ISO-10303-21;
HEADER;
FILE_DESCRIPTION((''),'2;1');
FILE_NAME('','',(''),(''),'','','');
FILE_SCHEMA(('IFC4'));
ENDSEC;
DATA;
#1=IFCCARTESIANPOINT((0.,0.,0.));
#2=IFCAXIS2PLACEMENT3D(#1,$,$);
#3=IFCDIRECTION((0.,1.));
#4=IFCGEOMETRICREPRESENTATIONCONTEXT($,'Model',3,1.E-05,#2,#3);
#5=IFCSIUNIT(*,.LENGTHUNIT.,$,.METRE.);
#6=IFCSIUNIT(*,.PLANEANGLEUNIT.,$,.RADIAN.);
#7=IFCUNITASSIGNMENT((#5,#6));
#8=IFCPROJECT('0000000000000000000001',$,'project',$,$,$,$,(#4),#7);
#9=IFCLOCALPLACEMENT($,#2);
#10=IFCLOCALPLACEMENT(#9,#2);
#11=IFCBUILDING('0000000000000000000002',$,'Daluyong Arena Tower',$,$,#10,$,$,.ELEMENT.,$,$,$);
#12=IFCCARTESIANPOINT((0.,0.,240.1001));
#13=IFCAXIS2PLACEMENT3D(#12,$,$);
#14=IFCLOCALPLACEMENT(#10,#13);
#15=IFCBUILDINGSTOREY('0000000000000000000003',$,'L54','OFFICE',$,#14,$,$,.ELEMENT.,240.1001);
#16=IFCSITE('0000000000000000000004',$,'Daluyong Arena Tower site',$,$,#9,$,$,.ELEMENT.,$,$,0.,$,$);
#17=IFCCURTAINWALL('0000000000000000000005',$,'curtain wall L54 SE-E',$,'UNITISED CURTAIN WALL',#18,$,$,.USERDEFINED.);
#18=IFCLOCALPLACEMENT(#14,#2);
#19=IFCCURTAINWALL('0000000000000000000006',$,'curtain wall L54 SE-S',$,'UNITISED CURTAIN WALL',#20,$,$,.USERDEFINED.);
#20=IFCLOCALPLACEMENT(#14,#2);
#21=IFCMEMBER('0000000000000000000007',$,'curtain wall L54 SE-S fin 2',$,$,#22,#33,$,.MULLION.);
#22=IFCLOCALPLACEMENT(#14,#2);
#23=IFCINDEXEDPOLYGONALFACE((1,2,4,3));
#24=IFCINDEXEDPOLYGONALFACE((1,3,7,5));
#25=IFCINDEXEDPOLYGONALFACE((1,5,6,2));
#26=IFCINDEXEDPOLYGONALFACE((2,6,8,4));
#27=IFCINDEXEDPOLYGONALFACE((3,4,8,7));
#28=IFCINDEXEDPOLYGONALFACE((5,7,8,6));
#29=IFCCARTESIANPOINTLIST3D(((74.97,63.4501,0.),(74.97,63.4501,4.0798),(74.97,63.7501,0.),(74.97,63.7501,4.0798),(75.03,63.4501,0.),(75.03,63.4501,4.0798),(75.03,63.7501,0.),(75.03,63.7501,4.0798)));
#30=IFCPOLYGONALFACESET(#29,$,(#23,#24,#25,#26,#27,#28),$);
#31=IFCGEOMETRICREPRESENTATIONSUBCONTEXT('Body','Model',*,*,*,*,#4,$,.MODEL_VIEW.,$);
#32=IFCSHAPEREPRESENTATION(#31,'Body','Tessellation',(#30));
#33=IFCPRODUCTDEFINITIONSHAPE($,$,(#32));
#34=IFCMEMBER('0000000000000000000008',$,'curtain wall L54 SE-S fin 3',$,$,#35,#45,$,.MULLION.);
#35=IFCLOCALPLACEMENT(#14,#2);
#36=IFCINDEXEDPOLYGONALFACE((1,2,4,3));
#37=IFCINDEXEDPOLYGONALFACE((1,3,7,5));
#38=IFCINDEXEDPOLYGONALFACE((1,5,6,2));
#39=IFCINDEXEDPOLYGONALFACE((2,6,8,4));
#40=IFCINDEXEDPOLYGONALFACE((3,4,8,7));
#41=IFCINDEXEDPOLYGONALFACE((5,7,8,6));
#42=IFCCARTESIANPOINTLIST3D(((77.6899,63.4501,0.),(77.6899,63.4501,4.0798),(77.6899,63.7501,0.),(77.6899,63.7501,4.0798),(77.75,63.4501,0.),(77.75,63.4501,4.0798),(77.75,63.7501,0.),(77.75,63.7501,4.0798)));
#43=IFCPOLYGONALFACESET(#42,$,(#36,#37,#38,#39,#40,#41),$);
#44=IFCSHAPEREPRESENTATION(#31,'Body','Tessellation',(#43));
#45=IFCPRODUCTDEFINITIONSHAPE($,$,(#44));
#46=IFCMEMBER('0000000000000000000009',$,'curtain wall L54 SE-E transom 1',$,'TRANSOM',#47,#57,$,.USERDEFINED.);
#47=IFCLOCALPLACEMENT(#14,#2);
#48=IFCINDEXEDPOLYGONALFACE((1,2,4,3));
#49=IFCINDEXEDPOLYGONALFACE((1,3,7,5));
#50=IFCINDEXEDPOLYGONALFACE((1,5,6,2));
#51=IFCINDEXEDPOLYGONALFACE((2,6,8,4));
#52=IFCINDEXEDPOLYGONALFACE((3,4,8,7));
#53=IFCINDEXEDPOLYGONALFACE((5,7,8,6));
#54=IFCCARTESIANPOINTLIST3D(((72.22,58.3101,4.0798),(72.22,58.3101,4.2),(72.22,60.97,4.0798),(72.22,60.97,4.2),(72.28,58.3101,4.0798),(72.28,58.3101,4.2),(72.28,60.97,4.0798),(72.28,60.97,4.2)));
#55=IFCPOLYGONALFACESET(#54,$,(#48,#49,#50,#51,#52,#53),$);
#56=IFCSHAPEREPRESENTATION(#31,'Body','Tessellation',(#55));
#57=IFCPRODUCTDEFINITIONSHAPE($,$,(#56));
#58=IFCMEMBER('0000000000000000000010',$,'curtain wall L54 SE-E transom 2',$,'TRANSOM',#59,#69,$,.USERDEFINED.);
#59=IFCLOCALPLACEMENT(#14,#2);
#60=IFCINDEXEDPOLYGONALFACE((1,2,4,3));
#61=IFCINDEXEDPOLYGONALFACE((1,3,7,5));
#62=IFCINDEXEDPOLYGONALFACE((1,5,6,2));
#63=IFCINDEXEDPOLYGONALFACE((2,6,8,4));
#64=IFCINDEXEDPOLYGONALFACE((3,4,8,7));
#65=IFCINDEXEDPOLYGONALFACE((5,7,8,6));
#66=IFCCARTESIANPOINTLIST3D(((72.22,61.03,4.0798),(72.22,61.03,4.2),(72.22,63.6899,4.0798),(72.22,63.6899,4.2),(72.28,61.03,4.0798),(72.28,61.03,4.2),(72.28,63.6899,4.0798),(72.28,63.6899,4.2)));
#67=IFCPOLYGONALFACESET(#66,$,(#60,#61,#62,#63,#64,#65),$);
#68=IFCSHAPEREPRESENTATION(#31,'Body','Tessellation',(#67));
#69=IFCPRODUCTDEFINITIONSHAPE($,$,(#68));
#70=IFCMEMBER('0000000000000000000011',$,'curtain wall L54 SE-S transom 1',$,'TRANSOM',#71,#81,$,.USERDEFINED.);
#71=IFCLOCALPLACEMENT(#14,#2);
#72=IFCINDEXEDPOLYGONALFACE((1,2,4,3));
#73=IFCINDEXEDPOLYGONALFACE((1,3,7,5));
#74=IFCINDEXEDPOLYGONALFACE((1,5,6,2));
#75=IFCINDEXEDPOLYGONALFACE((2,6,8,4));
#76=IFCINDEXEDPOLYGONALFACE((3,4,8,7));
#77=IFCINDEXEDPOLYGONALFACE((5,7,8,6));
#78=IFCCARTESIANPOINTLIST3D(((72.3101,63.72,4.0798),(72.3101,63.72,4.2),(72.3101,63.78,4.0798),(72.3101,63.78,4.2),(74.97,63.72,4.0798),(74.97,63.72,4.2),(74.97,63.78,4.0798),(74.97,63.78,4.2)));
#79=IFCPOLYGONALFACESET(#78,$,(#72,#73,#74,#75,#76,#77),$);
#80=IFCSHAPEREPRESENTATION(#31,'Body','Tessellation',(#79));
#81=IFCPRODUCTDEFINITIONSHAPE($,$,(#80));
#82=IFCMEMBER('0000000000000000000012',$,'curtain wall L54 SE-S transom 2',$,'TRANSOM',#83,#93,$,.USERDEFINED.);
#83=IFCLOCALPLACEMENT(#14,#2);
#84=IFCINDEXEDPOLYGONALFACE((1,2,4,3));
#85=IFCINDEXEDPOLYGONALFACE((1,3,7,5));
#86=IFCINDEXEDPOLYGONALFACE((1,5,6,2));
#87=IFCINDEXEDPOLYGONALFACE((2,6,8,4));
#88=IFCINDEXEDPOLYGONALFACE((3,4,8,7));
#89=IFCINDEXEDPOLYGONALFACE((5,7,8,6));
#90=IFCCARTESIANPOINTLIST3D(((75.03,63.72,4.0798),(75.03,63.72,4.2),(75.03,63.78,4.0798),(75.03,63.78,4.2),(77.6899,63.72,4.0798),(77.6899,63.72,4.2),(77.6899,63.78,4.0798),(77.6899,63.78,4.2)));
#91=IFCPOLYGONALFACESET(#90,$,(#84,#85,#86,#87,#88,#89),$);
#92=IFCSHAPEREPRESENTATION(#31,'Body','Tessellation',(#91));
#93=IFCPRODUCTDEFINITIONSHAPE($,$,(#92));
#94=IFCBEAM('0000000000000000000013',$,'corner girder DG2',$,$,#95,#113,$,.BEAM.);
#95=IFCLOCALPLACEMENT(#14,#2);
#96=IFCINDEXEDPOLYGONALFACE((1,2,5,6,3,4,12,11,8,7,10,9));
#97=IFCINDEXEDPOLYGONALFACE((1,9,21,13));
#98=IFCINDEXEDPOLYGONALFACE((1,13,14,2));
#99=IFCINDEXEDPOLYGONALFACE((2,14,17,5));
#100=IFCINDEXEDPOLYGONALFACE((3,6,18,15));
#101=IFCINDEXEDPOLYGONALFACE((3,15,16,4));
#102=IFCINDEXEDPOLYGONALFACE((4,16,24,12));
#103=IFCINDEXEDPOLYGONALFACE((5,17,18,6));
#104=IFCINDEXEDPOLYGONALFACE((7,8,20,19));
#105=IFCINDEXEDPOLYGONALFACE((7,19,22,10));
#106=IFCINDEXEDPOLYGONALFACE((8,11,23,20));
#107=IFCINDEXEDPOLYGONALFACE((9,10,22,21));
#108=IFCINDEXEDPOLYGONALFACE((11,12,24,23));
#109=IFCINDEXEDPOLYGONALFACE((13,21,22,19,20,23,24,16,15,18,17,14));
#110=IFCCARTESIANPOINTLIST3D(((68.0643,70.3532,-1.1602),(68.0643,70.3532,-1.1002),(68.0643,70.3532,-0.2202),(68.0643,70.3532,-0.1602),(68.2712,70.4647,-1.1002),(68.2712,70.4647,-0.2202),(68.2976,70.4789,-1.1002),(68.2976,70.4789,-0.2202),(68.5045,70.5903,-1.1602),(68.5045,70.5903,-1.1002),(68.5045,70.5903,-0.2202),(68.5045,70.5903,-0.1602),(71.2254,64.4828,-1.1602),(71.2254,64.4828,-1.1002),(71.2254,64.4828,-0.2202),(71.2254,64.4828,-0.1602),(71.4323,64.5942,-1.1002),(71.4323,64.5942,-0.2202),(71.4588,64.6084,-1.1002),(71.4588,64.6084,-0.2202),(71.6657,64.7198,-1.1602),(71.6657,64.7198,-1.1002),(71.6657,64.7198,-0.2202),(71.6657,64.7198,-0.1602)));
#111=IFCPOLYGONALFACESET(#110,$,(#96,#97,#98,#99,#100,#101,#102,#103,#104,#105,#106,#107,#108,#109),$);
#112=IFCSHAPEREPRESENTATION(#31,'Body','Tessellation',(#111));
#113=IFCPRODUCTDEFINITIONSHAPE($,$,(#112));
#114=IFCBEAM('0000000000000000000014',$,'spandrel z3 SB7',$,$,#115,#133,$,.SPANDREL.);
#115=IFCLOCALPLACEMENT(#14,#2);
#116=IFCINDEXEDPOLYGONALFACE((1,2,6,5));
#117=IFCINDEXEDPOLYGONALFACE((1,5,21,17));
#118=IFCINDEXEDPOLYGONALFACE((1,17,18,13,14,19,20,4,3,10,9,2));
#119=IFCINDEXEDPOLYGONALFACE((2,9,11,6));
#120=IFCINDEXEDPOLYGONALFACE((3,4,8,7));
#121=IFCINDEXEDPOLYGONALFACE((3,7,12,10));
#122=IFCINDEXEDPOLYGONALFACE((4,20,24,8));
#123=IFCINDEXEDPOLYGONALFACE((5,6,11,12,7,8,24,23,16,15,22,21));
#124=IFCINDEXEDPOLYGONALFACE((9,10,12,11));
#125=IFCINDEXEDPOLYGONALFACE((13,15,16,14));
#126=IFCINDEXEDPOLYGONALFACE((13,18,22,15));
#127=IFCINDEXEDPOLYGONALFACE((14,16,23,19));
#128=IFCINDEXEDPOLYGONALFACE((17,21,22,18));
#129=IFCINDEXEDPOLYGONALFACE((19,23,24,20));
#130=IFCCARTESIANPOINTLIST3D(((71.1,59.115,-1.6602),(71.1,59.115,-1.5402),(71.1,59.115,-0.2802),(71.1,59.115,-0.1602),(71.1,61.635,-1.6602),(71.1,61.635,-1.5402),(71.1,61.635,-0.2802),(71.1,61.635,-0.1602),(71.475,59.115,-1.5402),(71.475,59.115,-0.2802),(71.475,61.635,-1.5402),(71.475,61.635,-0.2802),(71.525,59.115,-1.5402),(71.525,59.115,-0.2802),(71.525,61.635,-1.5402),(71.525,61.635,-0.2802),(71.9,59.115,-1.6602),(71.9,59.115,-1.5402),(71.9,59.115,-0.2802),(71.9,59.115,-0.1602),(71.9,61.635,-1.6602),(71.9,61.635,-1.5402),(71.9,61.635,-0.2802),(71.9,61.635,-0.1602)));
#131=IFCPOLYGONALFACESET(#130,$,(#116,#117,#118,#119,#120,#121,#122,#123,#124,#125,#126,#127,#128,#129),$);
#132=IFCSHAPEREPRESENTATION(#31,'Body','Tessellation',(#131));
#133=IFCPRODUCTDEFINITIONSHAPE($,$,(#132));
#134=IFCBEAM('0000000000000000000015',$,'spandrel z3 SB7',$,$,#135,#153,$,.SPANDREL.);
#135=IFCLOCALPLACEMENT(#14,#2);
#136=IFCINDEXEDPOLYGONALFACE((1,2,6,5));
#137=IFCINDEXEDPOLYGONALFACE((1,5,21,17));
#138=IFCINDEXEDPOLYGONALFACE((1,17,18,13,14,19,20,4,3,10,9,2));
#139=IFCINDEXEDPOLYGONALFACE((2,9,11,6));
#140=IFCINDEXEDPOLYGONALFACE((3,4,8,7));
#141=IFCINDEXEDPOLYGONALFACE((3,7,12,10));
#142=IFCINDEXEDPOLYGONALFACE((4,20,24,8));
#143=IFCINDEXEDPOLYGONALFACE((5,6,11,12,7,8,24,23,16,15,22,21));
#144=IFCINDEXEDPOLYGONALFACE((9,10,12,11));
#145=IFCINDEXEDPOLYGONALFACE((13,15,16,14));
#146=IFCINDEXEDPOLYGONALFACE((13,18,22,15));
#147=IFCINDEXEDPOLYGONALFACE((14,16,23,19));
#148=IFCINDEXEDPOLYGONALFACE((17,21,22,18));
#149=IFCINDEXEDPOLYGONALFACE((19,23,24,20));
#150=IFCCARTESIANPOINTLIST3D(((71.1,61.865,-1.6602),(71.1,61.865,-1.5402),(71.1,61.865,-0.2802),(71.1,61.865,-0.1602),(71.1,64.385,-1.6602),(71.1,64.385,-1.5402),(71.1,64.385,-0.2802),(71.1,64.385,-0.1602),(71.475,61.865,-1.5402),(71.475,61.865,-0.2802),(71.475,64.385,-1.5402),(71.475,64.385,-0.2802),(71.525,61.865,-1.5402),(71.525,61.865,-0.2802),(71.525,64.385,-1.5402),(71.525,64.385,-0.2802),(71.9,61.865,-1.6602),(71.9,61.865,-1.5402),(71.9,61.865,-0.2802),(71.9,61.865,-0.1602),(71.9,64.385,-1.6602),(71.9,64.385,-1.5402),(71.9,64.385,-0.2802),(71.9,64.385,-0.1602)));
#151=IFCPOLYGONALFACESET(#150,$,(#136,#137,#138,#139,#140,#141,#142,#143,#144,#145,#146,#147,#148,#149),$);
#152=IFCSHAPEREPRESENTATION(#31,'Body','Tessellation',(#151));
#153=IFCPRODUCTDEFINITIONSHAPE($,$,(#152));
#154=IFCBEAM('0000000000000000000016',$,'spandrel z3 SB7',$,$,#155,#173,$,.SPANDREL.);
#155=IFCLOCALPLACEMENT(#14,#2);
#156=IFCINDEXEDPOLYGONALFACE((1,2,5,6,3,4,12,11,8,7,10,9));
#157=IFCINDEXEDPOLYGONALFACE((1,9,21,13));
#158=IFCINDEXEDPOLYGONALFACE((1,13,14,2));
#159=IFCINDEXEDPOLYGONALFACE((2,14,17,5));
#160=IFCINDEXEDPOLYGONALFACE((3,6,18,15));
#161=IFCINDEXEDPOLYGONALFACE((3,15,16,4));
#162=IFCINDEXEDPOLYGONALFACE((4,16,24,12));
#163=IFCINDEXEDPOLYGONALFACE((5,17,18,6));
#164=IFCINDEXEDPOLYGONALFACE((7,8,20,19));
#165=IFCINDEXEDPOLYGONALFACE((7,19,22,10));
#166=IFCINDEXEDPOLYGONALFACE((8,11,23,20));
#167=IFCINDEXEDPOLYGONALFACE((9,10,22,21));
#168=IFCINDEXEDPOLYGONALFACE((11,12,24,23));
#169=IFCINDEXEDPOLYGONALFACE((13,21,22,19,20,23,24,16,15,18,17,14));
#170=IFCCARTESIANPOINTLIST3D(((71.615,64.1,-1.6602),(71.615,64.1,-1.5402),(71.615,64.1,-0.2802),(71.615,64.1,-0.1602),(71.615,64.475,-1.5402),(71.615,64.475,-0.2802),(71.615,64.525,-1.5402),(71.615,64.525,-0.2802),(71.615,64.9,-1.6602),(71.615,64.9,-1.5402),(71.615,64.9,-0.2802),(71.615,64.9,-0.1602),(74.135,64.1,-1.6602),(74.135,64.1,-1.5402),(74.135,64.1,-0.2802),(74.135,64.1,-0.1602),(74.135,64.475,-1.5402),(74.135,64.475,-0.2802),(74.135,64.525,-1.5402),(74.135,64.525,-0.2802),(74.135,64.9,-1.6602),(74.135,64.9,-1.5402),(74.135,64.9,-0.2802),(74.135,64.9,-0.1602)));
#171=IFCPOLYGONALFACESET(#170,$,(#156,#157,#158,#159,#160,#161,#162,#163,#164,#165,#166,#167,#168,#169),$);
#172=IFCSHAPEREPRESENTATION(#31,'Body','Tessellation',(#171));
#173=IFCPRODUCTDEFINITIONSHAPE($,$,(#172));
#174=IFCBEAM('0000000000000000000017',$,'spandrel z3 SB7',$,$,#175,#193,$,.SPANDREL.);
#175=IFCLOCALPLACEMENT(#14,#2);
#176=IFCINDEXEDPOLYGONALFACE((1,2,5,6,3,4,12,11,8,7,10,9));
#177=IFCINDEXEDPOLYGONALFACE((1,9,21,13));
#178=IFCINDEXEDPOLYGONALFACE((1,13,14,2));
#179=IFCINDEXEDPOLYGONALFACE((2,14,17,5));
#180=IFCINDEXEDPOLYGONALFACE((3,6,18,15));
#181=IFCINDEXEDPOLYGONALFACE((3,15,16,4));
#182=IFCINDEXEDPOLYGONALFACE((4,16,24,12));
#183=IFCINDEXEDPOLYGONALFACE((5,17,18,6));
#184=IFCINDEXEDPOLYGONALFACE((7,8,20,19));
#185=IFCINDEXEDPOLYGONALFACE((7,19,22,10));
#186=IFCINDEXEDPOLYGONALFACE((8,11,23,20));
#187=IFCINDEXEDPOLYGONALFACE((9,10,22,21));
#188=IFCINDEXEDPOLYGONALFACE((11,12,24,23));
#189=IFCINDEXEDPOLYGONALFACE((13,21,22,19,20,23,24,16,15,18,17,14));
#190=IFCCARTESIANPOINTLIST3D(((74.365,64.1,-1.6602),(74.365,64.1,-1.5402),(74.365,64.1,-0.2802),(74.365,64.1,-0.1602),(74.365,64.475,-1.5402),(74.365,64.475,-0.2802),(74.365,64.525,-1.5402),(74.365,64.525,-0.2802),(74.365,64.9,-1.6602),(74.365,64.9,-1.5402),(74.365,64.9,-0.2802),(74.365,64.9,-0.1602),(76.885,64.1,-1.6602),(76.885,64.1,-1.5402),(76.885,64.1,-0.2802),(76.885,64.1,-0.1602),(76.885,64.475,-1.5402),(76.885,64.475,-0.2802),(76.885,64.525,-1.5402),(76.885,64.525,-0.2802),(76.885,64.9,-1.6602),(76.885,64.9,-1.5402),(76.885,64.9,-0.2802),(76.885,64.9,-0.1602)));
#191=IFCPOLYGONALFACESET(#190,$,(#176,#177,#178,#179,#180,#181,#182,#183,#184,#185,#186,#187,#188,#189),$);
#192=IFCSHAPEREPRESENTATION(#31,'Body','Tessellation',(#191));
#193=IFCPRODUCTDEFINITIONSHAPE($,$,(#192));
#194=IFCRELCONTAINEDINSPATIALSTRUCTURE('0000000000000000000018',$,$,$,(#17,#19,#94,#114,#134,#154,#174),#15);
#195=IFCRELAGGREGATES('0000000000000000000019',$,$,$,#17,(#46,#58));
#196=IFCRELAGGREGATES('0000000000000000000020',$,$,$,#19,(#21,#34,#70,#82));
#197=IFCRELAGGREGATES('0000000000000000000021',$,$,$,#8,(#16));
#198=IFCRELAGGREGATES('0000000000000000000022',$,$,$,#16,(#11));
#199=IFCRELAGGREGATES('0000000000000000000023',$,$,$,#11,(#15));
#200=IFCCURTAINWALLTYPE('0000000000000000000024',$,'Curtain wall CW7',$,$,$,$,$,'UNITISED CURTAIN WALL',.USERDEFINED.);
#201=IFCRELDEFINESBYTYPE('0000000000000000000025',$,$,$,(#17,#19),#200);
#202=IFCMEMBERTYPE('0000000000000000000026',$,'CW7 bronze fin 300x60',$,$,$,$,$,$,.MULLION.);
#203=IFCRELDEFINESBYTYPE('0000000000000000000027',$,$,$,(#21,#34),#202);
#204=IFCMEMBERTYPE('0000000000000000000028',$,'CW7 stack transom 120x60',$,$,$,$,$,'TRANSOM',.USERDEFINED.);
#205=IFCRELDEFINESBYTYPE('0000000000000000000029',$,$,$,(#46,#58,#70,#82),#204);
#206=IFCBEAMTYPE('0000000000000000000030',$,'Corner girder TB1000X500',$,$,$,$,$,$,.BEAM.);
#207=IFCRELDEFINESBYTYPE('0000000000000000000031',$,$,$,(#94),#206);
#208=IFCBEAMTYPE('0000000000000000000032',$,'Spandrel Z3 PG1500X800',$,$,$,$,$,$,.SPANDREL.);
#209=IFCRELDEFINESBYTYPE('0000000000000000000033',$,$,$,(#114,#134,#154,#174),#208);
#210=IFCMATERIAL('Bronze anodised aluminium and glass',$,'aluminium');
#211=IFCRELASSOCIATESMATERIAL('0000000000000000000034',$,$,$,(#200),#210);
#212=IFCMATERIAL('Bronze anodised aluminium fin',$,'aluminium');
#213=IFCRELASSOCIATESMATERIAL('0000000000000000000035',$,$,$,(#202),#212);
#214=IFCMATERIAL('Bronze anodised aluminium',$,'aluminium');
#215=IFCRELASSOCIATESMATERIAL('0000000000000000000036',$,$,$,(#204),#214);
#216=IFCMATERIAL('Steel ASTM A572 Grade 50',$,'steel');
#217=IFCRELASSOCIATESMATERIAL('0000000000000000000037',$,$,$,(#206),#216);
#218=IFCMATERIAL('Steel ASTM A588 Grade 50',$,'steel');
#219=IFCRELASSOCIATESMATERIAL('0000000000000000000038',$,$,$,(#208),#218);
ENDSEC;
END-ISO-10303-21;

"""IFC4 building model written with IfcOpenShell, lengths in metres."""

from ifc_helpers import new_model, si_unit, direction, frame, origin, origin_2d, place, context, subcontext, project, spatial, rectangle, i_section, extrude, material, material_profile, profile_set, type_object, element, aggregate, save


model = new_model("IFC4")

# Units and contexts
model_context = context("Model", 3, precision=1e-05, world=origin(), true_north=direction((0.0, 1.0)))
body_context = subcontext(model_context, "Body", "Model", "MODEL_VIEW")
ifc_project = project(units=[si_unit("LENGTHUNIT", "METRE"), si_unit("PLANEANGLEUNIT", "RADIAN")], contexts=[model_context])

# Site, building, storey
site_placement = place(None, origin())
site = spatial("IfcSite", under=ifc_project, at=site_placement, Name="Daluyong Arena Tower site", CompositionType="ELEMENT", RefElevation=0.0)
building_placement = place(site_placement, origin())
building = spatial("IfcBuilding", under=site, at=building_placement, Name="Daluyong Arena Tower", CompositionType="ELEMENT")
storey_placement = place(building_placement, frame((0.0, 0.0, 240.1001)))
storey = spatial("IfcBuildingStorey", under=building, at=storey_placement, Name="L54", Description="OFFICE", CompositionType="ELEMENT", Elevation=240.1001)

# Curtain walls, members
ifc_material_1 = material(Name="Bronze anodised aluminium and glass", Category="aluminium")
curtain_wall_type_1 = type_object("IfcCurtainWallType", Name="Curtain wall CW7", ElementType="UNITISED CURTAIN WALL", PredefinedType="USERDEFINED", material=ifc_material_1)
curtain_wall_1_placement = place(storey_placement, origin())
curtain_wall_1 = element("IfcCurtainWall", 1, at=curtain_wall_1_placement, inside=storey, type_object=curtain_wall_type_1, Name="curtain wall L54 SE-E", ObjectType="UNITISED CURTAIN WALL", PredefinedType="USERDEFINED")
ifc_material_2 = material(Name="Bronze anodised aluminium fin", Category="aluminium")
ifc_material_profile_1 = material_profile(ifc_material_2, rectangle(XDim=0.3, YDim=0.0601, at=origin_2d()))
ifc_profile_set_1 = profile_set([ifc_material_profile_1], Name="Bronze anodised aluminium fin")
member_type_1 = type_object("IfcMemberType", Name="CW7 bronze fin 300x60", PredefinedType="MULLION", material=ifc_profile_set_1)
curtain_wall_2_placement = place(storey_placement, origin())
curtain_wall_2 = element("IfcCurtainWall", 2, at=curtain_wall_2_placement, inside=storey, type_object=curtain_wall_type_1, Name="curtain wall L54 SE-S", ObjectType="UNITISED CURTAIN WALL", PredefinedType="USERDEFINED")
member_1_placement = place(storey_placement, frame((75.0, 63.6001, 0.0), z_axis=(0.0, 0.0, 1.0), x_axis=(0.0, 1.0, 0.0)))
member_1 = element("IfcMember", 3, at=member_1_placement, type_object=member_type_1, Name="curtain wall L54 SE-S fin 2", PredefinedType="MULLION", context=body_context, shape_type="SweptSolid", body=[
    extrude(rectangle(XDim=0.3, YDim=0.0601, at=origin_2d()), origin(), (0.0, 0.0, 1.0), 4.0798),
])
member_2_placement = place(storey_placement, frame((77.72, 63.6001, 0.0), z_axis=(0.0, 0.0, 1.0), x_axis=(0.0, 1.0, 0.0)))
member_2 = element("IfcMember", 4, at=member_2_placement, type_object=member_type_1, Name="curtain wall L54 SE-S fin 3", PredefinedType="MULLION", context=body_context, shape_type="SweptSolid", body=[
    extrude(rectangle(XDim=0.3, YDim=0.0601, at=origin_2d()), origin(), (0.0, 0.0, 1.0), 4.0798),
])

# Members
ifc_material_3 = material(Name="Bronze anodised aluminium", Category="aluminium")
ifc_material_profile_2 = material_profile(ifc_material_3, rectangle(XDim=0.0601, YDim=0.1201, at=origin_2d()))
ifc_profile_set_2 = profile_set([ifc_material_profile_2], Name="Bronze anodised aluminium")
member_type_2 = type_object("IfcMemberType", Name="CW7 stack transom 120x60", ElementType="TRANSOM", PredefinedType="USERDEFINED", material=ifc_profile_set_2)
member_3_placement = place(storey_placement, frame((72.25, 58.3101, 4.1399), z_axis=(0.0, 1.0, 0.0), x_axis=(-1.0, 0.0, 0.0)))
member_3 = element("IfcMember", 5, at=member_3_placement, type_object=member_type_2, Name="curtain wall L54 SE-E transom 1", ObjectType="TRANSOM", PredefinedType="USERDEFINED", context=body_context, shape_type="SweptSolid", body=[
    extrude(rectangle(XDim=0.0601, YDim=0.1201, at=origin_2d()), origin(), (0.0, 0.0, 1.0), 2.6599),
])
member_4_placement = place(storey_placement, frame((72.25, 61.03, 4.1399), z_axis=(0.0, 1.0, 0.0), x_axis=(-1.0, 0.0, 0.0)))
member_4 = element("IfcMember", 6, at=member_4_placement, type_object=member_type_2, Name="curtain wall L54 SE-E transom 2", ObjectType="TRANSOM", PredefinedType="USERDEFINED", context=body_context, shape_type="SweptSolid", body=[
    extrude(rectangle(XDim=0.0601, YDim=0.1201, at=origin_2d()), origin(), (0.0, 0.0, 1.0), 2.6599),
])
member_5_placement = place(storey_placement, frame((72.3101, 63.75, 4.1399), z_axis=(1.0, 0.0, 0.0), x_axis=(0.0, 1.0, 0.0)))
member_5 = element("IfcMember", 7, at=member_5_placement, type_object=member_type_2, Name="curtain wall L54 SE-S transom 1", ObjectType="TRANSOM", PredefinedType="USERDEFINED", context=body_context, shape_type="SweptSolid", body=[
    extrude(rectangle(XDim=0.0601, YDim=0.1201, at=origin_2d()), origin(), (0.0, 0.0, 1.0), 2.6599),
])
member_6_placement = place(storey_placement, frame((75.03, 63.75, 4.1399), z_axis=(1.0, 0.0, 0.0), x_axis=(0.0, 1.0, 0.0)))
member_6 = element("IfcMember", 8, at=member_6_placement, type_object=member_type_2, Name="curtain wall L54 SE-S transom 2", ObjectType="TRANSOM", PredefinedType="USERDEFINED", context=body_context, shape_type="SweptSolid", body=[
    extrude(rectangle(XDim=0.0601, YDim=0.1201, at=origin_2d()), origin(), (0.0, 0.0, 1.0), 2.6599),
])

# Beams
ifc_material_4 = material(Name="Steel ASTM A572 Grade 50", Category="steel")
ifc_material_profile_3 = material_profile(ifc_material_4, i_section(OverallWidth=0.5, OverallDepth=1.0, WebThickness=0.03, FlangeThickness=0.06, at=origin_2d()))
ifc_profile_set_3 = profile_set([ifc_material_profile_3], Name="Steel ASTM A572 Grade 50")
beam_type_1 = type_object("IfcBeamType", Name="Corner girder TB1000X500", PredefinedType="BEAM", material=ifc_profile_set_3)
beam_placement = place(storey_placement, frame((71.4456, 64.6013, -0.6602), z_axis=(-0.474119, 0.880461, 0.0), x_axis=(-0.880461, -0.474119, 0.0)))
element("IfcBeam", 9, at=beam_placement, inside=storey, type_object=beam_type_1, Name="corner girder DG2", PredefinedType="BEAM", context=body_context, shape_type="SweptSolid", body=[
    extrude(i_section(OverallWidth=0.5, OverallDepth=1.0, WebThickness=0.03, FlangeThickness=0.06, at=origin_2d()), origin(), (0.0, 0.0, 1.0), 6.6675),
])
ifc_material_5 = material(Name="Steel ASTM A588 Grade 50", Category="steel")
ifc_material_profile_4 = material_profile(ifc_material_5, i_section(OverallWidth=0.8, OverallDepth=1.5, WebThickness=0.05, FlangeThickness=0.12, at=origin_2d()))
ifc_profile_set_4 = profile_set([ifc_material_profile_4], Name="Steel ASTM A588 Grade 50")
beam_type_2 = type_object("IfcBeamType", Name="Spandrel Z3 PG1500X800", PredefinedType="SPANDREL", material=ifc_profile_set_4)
for number, where, z_axis, x_axis, name in (
    (10, (71.5, 59.115, -0.9102), (0.0, 1.0, 0.0), (-1.0, 0.0, 0.0), "spandrel z3 SB7"),
    (11, (71.5, 61.865, -0.9102), (0.0, 1.0, 0.0), (-1.0, 0.0, 0.0), "spandrel z3 SB7"),
    (12, (71.615, 64.5, -0.9102), (1.0, 0.0, 0.0), (0.0, 1.0, 0.0), "spandrel z3 SB7"),
    (13, (74.365, 64.5, -0.9102), (1.0, 0.0, 0.0), (0.0, 1.0, 0.0), "spandrel z3 SB7"),
):
    element("IfcBeam", number, at=place(storey_placement, frame(where, z_axis=z_axis, x_axis=x_axis)), inside=storey, type_object=beam_type_2, Name=name, PredefinedType="SPANDREL", context=body_context, shape_type="SweptSolid", body=[
        extrude(i_section(OverallWidth=0.8, OverallDepth=1.5, WebThickness=0.05, FlangeThickness=0.12, at=origin_2d()), origin(), (0.0, 0.0, 1.0), 2.52),
    ])

aggregate(curtain_wall_1, [member_3, member_4])
aggregate(curtain_wall_2, [member_1, member_2, member_5, member_6])

save(model, "model.ifc")
